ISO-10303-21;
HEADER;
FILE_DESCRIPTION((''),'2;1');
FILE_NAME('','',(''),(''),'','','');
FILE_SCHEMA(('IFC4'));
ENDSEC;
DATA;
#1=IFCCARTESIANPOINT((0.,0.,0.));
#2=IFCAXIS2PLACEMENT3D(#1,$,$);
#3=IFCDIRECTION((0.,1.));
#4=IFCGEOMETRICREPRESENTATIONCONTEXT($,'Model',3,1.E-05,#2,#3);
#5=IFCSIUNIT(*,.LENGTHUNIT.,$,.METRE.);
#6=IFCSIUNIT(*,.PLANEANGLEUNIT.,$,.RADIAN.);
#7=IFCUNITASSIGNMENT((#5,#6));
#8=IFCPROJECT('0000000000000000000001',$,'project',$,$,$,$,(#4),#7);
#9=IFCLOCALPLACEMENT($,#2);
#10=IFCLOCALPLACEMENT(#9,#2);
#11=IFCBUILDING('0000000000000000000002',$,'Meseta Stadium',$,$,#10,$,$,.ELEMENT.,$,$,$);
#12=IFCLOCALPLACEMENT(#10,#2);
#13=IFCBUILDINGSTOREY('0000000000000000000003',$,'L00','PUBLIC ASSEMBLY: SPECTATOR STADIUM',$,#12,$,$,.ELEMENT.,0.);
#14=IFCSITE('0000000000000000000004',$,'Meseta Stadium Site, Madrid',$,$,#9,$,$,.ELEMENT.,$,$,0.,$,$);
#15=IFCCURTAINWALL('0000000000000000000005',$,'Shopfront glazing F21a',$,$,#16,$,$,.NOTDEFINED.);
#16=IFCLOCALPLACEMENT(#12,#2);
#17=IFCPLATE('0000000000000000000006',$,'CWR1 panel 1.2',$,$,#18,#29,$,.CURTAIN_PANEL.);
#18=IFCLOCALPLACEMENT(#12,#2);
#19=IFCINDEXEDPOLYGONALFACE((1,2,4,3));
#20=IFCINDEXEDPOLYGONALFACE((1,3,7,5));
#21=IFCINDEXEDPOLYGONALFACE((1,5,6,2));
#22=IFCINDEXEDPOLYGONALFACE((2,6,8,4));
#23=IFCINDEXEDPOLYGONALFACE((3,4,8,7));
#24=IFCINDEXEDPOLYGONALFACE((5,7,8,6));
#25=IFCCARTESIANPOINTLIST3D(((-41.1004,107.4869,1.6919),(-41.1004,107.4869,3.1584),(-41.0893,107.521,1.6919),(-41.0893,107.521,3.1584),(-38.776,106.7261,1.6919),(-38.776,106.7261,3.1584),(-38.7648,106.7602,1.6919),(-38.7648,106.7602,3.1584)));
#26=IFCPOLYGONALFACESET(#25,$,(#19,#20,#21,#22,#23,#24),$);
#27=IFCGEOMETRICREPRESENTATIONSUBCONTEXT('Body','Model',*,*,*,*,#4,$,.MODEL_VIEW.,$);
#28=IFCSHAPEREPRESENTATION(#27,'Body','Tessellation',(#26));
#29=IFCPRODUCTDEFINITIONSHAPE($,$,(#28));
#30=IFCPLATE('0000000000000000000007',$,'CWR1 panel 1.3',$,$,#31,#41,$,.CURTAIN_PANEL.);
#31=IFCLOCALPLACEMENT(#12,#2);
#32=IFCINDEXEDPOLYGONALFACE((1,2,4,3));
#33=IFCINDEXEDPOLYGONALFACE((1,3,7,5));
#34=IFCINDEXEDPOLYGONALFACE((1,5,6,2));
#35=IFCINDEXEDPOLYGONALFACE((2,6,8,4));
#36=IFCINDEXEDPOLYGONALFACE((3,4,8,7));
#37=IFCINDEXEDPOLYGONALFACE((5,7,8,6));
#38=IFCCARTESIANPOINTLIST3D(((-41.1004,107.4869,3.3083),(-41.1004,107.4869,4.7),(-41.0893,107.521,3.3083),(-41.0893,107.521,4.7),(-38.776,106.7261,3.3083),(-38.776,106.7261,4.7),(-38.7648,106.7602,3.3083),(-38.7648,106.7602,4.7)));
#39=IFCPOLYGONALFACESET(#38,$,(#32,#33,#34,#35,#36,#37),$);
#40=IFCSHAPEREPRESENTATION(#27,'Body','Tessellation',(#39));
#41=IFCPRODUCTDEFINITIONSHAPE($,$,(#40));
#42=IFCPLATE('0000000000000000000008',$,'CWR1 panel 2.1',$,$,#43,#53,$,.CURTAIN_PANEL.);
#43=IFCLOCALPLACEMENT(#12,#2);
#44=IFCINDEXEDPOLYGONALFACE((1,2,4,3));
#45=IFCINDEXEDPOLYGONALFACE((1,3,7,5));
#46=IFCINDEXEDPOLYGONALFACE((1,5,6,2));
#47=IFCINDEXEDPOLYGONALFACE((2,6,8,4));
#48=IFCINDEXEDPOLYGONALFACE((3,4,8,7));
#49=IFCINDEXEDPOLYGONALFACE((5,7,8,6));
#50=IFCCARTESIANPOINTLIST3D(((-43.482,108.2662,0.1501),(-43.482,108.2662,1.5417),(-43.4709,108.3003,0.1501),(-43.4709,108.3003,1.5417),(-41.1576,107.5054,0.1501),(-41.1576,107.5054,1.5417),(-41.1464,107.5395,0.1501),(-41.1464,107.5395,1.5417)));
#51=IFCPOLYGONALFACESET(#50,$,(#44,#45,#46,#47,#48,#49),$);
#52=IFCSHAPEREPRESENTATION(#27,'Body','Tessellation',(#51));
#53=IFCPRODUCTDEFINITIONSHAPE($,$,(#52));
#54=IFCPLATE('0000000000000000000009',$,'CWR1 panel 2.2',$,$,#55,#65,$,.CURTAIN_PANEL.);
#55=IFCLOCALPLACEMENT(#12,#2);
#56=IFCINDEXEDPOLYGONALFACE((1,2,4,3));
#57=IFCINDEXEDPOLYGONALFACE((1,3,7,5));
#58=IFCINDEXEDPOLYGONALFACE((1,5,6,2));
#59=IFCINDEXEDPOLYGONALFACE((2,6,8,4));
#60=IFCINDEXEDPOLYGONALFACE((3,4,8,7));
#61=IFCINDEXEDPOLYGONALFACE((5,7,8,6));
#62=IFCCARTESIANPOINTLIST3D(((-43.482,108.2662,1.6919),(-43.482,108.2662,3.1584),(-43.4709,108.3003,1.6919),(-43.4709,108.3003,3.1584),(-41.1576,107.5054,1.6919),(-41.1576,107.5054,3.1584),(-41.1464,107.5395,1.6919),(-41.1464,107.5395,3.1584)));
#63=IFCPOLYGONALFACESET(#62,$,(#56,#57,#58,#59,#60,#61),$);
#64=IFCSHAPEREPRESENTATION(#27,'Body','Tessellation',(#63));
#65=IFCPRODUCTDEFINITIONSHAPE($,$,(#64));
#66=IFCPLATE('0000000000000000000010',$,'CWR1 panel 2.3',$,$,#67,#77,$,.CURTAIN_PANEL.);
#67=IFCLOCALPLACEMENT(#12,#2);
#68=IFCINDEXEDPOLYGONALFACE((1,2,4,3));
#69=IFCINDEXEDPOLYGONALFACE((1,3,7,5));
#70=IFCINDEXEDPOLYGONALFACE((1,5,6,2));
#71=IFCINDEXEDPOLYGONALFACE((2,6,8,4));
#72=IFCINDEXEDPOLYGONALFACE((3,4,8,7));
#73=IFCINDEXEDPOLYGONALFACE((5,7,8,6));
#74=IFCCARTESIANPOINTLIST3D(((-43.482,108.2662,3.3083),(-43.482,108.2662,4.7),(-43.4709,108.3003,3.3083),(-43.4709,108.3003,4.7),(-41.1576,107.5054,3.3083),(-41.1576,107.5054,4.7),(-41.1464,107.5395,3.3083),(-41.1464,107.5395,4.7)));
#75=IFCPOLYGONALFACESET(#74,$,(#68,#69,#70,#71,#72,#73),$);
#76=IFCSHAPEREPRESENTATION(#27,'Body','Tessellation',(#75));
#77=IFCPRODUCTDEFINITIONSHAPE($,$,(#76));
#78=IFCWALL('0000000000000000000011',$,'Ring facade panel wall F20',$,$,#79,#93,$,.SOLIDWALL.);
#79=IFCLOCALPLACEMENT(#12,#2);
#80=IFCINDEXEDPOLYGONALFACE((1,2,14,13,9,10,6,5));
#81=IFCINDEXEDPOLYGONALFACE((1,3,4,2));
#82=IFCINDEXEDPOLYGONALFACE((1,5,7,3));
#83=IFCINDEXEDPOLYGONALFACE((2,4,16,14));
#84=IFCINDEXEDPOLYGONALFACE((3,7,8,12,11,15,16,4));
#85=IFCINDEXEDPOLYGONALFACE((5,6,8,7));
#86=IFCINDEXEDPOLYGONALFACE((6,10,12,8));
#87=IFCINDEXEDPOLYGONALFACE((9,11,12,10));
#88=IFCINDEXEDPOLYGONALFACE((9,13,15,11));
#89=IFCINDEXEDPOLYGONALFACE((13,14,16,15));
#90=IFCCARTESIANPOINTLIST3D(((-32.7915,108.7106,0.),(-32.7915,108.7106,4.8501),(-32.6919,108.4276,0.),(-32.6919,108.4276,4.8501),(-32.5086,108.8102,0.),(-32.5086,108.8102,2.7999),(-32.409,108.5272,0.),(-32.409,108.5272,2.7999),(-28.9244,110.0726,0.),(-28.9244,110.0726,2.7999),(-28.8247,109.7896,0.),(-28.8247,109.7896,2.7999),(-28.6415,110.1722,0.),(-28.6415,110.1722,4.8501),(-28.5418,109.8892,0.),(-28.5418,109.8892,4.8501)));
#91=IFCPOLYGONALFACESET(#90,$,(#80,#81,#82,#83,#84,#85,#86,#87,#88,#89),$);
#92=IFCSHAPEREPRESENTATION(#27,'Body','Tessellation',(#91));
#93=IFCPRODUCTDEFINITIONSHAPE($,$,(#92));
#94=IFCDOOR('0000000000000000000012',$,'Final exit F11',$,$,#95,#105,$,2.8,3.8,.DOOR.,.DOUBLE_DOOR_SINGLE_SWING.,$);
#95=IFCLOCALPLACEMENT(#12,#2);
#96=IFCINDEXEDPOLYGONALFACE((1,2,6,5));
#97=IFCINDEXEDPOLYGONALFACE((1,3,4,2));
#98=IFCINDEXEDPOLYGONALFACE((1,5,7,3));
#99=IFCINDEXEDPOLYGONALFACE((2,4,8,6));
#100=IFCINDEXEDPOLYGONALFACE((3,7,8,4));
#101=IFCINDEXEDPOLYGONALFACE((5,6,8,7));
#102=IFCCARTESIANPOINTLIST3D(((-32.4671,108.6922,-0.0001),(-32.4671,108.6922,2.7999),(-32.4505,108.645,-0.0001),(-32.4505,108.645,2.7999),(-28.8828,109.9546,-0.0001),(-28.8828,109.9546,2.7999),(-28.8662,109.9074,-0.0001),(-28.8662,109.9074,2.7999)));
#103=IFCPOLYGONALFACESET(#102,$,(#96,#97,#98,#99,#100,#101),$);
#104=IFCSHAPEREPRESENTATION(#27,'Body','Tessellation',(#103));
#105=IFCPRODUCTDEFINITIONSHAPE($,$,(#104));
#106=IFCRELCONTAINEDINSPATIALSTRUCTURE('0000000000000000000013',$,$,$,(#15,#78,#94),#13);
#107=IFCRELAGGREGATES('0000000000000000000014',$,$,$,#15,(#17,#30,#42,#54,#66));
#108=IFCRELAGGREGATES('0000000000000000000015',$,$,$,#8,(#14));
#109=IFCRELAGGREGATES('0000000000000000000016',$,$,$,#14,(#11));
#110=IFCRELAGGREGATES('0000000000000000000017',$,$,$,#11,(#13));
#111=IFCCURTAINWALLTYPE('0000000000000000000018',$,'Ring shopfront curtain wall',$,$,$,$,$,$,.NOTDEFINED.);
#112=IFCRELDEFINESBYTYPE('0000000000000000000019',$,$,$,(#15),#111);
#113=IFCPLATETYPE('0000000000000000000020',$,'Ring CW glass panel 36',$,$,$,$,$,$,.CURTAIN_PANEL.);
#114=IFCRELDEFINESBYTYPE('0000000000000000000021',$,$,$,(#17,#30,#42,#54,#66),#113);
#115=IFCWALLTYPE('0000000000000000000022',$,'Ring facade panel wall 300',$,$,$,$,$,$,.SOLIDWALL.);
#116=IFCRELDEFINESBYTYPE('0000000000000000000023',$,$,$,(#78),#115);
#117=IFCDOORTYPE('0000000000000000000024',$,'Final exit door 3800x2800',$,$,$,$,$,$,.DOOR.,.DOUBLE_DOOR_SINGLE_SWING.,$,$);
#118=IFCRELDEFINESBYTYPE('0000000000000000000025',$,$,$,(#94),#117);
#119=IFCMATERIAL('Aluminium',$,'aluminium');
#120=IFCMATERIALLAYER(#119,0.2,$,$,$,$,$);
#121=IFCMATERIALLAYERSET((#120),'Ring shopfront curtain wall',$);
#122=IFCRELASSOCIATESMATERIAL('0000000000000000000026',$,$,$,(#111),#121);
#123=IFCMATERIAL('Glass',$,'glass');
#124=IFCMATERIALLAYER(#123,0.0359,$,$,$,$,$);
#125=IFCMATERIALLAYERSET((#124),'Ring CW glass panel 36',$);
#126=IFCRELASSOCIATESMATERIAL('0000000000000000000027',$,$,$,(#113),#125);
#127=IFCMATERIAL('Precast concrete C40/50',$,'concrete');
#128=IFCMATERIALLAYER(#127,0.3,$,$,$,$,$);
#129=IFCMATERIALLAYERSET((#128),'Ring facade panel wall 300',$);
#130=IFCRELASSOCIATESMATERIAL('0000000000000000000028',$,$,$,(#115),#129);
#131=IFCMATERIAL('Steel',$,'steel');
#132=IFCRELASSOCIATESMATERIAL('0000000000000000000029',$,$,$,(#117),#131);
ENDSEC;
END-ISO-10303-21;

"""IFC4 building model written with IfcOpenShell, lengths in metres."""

from ifc_helpers import new_model, si_unit, direction, frame, frame_2d, origin, origin_2d, place, context, subcontext, project, spatial, rectangle, extrude, material, layer, layer_set, type_object, element, fill, aggregate, save


model = new_model("IFC4")

# Units and contexts
model_context = context("Model", 3, precision=1e-05, world=origin(), true_north=direction((0.0, 1.0)))
body_context = subcontext(model_context, "Body", "Model", "MODEL_VIEW")
ifc_project = project(units=[si_unit("LENGTHUNIT", "METRE"), si_unit("PLANEANGLEUNIT", "RADIAN")], contexts=[model_context])

# Site, building, storey
site_placement = place(None, origin())
site = spatial("IfcSite", under=ifc_project, at=site_placement, Name="Meseta Stadium Site, Madrid", CompositionType="ELEMENT", RefElevation=0.0)
building_placement = place(site_placement, origin())
building = spatial("IfcBuilding", under=site, at=building_placement, Name="Meseta Stadium", CompositionType="ELEMENT")
storey_placement = place(building_placement, origin())
storey = spatial("IfcBuildingStorey", under=building, at=storey_placement, Name="L00", Description="PUBLIC ASSEMBLY: SPECTATOR STADIUM", CompositionType="ELEMENT", Elevation=0.0)

# Curtain wall
ifc_material_1 = material(Name="Aluminium", Category="aluminium")
ifc_layer_1 = layer(ifc_material_1, 0.2)
ifc_layer_set_1 = layer_set([ifc_layer_1], Name="Ring shopfront curtain wall")
curtain_wall_type = type_object("IfcCurtainWallType", Name="Ring shopfront curtain wall", PredefinedType="NOTDEFINED", material=ifc_layer_set_1)
curtain_wall_1_placement = place(storey_placement, origin())
curtain_wall_1 = element("IfcCurtainWall", 1, at=curtain_wall_1_placement, inside=storey, type_object=curtain_wall_type, Name="Shopfront glazing F21a", PredefinedType="NOTDEFINED")

# Plates
ifc_material_2 = material(Name="Glass", Category="glass")
ifc_layer_2 = layer(ifc_material_2, 0.0359)
ifc_layer_set_2 = layer_set([ifc_layer_2], Name="Ring CW glass panel 36")
plate_type = type_object("IfcPlateType", Name="Ring CW glass panel 36", PredefinedType="CURTAIN_PANEL", material=ifc_layer_set_2)
plate_1_placement = place(storey_placement, frame((-39.9326, 107.1235, 1.6919), z_axis=(0.0, 0.0, 1.0), x_axis=(-0.950391, 0.311059, 0.0)))
plate_1 = element("IfcPlate", 2, at=plate_1_placement, type_object=plate_type, Name="CWR1 panel 1.2", PredefinedType="CURTAIN_PANEL", context=body_context, shape_type="SweptSolid", body=[
    extrude(rectangle(XDim=2.4458, YDim=0.0359, at=origin_2d()), origin(), (0.0, 0.0, 1.0), 1.4666),
])
plate_2_placement = place(storey_placement, frame((-39.9326, 107.1235, 3.3083), z_axis=(0.0, 0.0, 1.0), x_axis=(-0.950391, 0.311059, 0.0)))
plate_2 = element("IfcPlate", 3, at=plate_2_placement, type_object=plate_type, Name="CWR1 panel 1.3", PredefinedType="CURTAIN_PANEL", context=body_context, shape_type="SweptSolid", body=[
    extrude(rectangle(XDim=2.4458, YDim=0.0359, at=origin_2d()), origin(), (0.0, 0.0, 1.0), 1.3916),
])
plate_3_placement = place(storey_placement, frame((-42.3142, 107.9028, 0.1501), z_axis=(0.0, 0.0, 1.0), x_axis=(-0.950391, 0.311059, 0.0)))
plate_3 = element("IfcPlate", 4, at=plate_3_placement, type_object=plate_type, Name="CWR1 panel 2.1", PredefinedType="CURTAIN_PANEL", context=body_context, shape_type="SweptSolid", body=[
    extrude(rectangle(XDim=2.4458, YDim=0.0359, at=origin_2d()), origin(), (0.0, 0.0, 1.0), 1.3916),
])
plate_4_placement = place(storey_placement, frame((-42.3142, 107.9028, 1.6919), z_axis=(0.0, 0.0, 1.0), x_axis=(-0.950391, 0.311059, 0.0)))
plate_4 = element("IfcPlate", 5, at=plate_4_placement, type_object=plate_type, Name="CWR1 panel 2.2", PredefinedType="CURTAIN_PANEL", context=body_context, shape_type="SweptSolid", body=[
    extrude(rectangle(XDim=2.4458, YDim=0.0359, at=origin_2d()), origin(), (0.0, 0.0, 1.0), 1.4666),
])
plate_5_placement = place(storey_placement, frame((-42.3142, 107.9028, 3.3083), z_axis=(0.0, 0.0, 1.0), x_axis=(-0.950391, 0.311059, 0.0)))
plate_5 = element("IfcPlate", 6, at=plate_5_placement, type_object=plate_type, Name="CWR1 panel 2.3", PredefinedType="CURTAIN_PANEL", context=body_context, shape_type="SweptSolid", body=[
    extrude(rectangle(XDim=2.4458, YDim=0.0359, at=origin_2d()), origin(), (0.0, 0.0, 1.0), 1.3916),
])
aggregate(curtain_wall_1, [plate_1, plate_2, plate_3, plate_4, plate_5])

# Wall, opening, door
ifc_material_3 = material(Name="Precast concrete C40/50", Category="concrete")
ifc_layer_3 = layer(ifc_material_3, 0.3)
ifc_layer_set_3 = layer_set([ifc_layer_3], Name="Ring facade panel wall 300")
wall_type = type_object("IfcWallType", Name="Ring facade panel wall 300", PredefinedType="SOLIDWALL", material=ifc_layer_set_3)
wall_placement = place(storey_placement, frame((-32.7417, 108.5691, 0.0), z_axis=(0.0, 0.0, 1.0), x_axis=(0.94321, 0.332196, 0.0)))
wall = element("IfcWall", 7, at=wall_placement, inside=storey, type_object=wall_type, Name="Ring facade panel wall F20", PredefinedType="SOLIDWALL", context=body_context, shape_type="SweptSolid", body=[
    extrude(rectangle(XDim=4.3999, YDim=0.3, at=frame_2d((2.2, 0.0))), origin(), (0.0, 0.0, 1.0), 4.8501),
])
opening_placement = place(wall_placement, frame((0.3, 0.0, 0.0)))
opening = element("IfcOpeningElement", 8, at=opening_placement, cuts=wall, PredefinedType="OPENING", context=body_context, shape_type="SweptSolid", body=[
    extrude(rectangle(XDim=3.8, YDim=2.8, at=frame_2d((1.8999, 1.3999))), frame((0.0, 0.1599, 0.0), z_axis=(0.0, -1.0, 0.0), x_axis=(1.0, 0.0, 0.0)), (0.0, 0.0, 1.0), 0.3201),
])
ifc_material_4 = material(Name="Steel", Category="steel")
door_type = type_object("IfcDoorType", Name="Final exit door 3800x2800", OperationType="DOUBLE_DOOR_SINGLE_SWING", PredefinedType="DOOR", material=ifc_material_4)
door_placement = place(opening_placement, origin())
door = element("IfcDoor", 9, at=door_placement, inside=storey, type_object=door_type, Name="Final exit F11", OperationType="DOUBLE_DOOR_SINGLE_SWING", OverallHeight=2.8, OverallWidth=3.8, PredefinedType="DOOR", context=body_context, shape_type="SweptSolid", body=[
    extrude(rectangle(XDim=3.8, YDim=2.8, at=frame_2d((1.8999, 1.3999))), frame((0.0, 0.0249, 0.0), z_axis=(0.0, -1.0, 0.0), x_axis=(1.0, 0.0, 0.0)), (0.0, 0.0, 1.0), 0.05),
])
fill(opening, door)

save(model, "model.ifc")
